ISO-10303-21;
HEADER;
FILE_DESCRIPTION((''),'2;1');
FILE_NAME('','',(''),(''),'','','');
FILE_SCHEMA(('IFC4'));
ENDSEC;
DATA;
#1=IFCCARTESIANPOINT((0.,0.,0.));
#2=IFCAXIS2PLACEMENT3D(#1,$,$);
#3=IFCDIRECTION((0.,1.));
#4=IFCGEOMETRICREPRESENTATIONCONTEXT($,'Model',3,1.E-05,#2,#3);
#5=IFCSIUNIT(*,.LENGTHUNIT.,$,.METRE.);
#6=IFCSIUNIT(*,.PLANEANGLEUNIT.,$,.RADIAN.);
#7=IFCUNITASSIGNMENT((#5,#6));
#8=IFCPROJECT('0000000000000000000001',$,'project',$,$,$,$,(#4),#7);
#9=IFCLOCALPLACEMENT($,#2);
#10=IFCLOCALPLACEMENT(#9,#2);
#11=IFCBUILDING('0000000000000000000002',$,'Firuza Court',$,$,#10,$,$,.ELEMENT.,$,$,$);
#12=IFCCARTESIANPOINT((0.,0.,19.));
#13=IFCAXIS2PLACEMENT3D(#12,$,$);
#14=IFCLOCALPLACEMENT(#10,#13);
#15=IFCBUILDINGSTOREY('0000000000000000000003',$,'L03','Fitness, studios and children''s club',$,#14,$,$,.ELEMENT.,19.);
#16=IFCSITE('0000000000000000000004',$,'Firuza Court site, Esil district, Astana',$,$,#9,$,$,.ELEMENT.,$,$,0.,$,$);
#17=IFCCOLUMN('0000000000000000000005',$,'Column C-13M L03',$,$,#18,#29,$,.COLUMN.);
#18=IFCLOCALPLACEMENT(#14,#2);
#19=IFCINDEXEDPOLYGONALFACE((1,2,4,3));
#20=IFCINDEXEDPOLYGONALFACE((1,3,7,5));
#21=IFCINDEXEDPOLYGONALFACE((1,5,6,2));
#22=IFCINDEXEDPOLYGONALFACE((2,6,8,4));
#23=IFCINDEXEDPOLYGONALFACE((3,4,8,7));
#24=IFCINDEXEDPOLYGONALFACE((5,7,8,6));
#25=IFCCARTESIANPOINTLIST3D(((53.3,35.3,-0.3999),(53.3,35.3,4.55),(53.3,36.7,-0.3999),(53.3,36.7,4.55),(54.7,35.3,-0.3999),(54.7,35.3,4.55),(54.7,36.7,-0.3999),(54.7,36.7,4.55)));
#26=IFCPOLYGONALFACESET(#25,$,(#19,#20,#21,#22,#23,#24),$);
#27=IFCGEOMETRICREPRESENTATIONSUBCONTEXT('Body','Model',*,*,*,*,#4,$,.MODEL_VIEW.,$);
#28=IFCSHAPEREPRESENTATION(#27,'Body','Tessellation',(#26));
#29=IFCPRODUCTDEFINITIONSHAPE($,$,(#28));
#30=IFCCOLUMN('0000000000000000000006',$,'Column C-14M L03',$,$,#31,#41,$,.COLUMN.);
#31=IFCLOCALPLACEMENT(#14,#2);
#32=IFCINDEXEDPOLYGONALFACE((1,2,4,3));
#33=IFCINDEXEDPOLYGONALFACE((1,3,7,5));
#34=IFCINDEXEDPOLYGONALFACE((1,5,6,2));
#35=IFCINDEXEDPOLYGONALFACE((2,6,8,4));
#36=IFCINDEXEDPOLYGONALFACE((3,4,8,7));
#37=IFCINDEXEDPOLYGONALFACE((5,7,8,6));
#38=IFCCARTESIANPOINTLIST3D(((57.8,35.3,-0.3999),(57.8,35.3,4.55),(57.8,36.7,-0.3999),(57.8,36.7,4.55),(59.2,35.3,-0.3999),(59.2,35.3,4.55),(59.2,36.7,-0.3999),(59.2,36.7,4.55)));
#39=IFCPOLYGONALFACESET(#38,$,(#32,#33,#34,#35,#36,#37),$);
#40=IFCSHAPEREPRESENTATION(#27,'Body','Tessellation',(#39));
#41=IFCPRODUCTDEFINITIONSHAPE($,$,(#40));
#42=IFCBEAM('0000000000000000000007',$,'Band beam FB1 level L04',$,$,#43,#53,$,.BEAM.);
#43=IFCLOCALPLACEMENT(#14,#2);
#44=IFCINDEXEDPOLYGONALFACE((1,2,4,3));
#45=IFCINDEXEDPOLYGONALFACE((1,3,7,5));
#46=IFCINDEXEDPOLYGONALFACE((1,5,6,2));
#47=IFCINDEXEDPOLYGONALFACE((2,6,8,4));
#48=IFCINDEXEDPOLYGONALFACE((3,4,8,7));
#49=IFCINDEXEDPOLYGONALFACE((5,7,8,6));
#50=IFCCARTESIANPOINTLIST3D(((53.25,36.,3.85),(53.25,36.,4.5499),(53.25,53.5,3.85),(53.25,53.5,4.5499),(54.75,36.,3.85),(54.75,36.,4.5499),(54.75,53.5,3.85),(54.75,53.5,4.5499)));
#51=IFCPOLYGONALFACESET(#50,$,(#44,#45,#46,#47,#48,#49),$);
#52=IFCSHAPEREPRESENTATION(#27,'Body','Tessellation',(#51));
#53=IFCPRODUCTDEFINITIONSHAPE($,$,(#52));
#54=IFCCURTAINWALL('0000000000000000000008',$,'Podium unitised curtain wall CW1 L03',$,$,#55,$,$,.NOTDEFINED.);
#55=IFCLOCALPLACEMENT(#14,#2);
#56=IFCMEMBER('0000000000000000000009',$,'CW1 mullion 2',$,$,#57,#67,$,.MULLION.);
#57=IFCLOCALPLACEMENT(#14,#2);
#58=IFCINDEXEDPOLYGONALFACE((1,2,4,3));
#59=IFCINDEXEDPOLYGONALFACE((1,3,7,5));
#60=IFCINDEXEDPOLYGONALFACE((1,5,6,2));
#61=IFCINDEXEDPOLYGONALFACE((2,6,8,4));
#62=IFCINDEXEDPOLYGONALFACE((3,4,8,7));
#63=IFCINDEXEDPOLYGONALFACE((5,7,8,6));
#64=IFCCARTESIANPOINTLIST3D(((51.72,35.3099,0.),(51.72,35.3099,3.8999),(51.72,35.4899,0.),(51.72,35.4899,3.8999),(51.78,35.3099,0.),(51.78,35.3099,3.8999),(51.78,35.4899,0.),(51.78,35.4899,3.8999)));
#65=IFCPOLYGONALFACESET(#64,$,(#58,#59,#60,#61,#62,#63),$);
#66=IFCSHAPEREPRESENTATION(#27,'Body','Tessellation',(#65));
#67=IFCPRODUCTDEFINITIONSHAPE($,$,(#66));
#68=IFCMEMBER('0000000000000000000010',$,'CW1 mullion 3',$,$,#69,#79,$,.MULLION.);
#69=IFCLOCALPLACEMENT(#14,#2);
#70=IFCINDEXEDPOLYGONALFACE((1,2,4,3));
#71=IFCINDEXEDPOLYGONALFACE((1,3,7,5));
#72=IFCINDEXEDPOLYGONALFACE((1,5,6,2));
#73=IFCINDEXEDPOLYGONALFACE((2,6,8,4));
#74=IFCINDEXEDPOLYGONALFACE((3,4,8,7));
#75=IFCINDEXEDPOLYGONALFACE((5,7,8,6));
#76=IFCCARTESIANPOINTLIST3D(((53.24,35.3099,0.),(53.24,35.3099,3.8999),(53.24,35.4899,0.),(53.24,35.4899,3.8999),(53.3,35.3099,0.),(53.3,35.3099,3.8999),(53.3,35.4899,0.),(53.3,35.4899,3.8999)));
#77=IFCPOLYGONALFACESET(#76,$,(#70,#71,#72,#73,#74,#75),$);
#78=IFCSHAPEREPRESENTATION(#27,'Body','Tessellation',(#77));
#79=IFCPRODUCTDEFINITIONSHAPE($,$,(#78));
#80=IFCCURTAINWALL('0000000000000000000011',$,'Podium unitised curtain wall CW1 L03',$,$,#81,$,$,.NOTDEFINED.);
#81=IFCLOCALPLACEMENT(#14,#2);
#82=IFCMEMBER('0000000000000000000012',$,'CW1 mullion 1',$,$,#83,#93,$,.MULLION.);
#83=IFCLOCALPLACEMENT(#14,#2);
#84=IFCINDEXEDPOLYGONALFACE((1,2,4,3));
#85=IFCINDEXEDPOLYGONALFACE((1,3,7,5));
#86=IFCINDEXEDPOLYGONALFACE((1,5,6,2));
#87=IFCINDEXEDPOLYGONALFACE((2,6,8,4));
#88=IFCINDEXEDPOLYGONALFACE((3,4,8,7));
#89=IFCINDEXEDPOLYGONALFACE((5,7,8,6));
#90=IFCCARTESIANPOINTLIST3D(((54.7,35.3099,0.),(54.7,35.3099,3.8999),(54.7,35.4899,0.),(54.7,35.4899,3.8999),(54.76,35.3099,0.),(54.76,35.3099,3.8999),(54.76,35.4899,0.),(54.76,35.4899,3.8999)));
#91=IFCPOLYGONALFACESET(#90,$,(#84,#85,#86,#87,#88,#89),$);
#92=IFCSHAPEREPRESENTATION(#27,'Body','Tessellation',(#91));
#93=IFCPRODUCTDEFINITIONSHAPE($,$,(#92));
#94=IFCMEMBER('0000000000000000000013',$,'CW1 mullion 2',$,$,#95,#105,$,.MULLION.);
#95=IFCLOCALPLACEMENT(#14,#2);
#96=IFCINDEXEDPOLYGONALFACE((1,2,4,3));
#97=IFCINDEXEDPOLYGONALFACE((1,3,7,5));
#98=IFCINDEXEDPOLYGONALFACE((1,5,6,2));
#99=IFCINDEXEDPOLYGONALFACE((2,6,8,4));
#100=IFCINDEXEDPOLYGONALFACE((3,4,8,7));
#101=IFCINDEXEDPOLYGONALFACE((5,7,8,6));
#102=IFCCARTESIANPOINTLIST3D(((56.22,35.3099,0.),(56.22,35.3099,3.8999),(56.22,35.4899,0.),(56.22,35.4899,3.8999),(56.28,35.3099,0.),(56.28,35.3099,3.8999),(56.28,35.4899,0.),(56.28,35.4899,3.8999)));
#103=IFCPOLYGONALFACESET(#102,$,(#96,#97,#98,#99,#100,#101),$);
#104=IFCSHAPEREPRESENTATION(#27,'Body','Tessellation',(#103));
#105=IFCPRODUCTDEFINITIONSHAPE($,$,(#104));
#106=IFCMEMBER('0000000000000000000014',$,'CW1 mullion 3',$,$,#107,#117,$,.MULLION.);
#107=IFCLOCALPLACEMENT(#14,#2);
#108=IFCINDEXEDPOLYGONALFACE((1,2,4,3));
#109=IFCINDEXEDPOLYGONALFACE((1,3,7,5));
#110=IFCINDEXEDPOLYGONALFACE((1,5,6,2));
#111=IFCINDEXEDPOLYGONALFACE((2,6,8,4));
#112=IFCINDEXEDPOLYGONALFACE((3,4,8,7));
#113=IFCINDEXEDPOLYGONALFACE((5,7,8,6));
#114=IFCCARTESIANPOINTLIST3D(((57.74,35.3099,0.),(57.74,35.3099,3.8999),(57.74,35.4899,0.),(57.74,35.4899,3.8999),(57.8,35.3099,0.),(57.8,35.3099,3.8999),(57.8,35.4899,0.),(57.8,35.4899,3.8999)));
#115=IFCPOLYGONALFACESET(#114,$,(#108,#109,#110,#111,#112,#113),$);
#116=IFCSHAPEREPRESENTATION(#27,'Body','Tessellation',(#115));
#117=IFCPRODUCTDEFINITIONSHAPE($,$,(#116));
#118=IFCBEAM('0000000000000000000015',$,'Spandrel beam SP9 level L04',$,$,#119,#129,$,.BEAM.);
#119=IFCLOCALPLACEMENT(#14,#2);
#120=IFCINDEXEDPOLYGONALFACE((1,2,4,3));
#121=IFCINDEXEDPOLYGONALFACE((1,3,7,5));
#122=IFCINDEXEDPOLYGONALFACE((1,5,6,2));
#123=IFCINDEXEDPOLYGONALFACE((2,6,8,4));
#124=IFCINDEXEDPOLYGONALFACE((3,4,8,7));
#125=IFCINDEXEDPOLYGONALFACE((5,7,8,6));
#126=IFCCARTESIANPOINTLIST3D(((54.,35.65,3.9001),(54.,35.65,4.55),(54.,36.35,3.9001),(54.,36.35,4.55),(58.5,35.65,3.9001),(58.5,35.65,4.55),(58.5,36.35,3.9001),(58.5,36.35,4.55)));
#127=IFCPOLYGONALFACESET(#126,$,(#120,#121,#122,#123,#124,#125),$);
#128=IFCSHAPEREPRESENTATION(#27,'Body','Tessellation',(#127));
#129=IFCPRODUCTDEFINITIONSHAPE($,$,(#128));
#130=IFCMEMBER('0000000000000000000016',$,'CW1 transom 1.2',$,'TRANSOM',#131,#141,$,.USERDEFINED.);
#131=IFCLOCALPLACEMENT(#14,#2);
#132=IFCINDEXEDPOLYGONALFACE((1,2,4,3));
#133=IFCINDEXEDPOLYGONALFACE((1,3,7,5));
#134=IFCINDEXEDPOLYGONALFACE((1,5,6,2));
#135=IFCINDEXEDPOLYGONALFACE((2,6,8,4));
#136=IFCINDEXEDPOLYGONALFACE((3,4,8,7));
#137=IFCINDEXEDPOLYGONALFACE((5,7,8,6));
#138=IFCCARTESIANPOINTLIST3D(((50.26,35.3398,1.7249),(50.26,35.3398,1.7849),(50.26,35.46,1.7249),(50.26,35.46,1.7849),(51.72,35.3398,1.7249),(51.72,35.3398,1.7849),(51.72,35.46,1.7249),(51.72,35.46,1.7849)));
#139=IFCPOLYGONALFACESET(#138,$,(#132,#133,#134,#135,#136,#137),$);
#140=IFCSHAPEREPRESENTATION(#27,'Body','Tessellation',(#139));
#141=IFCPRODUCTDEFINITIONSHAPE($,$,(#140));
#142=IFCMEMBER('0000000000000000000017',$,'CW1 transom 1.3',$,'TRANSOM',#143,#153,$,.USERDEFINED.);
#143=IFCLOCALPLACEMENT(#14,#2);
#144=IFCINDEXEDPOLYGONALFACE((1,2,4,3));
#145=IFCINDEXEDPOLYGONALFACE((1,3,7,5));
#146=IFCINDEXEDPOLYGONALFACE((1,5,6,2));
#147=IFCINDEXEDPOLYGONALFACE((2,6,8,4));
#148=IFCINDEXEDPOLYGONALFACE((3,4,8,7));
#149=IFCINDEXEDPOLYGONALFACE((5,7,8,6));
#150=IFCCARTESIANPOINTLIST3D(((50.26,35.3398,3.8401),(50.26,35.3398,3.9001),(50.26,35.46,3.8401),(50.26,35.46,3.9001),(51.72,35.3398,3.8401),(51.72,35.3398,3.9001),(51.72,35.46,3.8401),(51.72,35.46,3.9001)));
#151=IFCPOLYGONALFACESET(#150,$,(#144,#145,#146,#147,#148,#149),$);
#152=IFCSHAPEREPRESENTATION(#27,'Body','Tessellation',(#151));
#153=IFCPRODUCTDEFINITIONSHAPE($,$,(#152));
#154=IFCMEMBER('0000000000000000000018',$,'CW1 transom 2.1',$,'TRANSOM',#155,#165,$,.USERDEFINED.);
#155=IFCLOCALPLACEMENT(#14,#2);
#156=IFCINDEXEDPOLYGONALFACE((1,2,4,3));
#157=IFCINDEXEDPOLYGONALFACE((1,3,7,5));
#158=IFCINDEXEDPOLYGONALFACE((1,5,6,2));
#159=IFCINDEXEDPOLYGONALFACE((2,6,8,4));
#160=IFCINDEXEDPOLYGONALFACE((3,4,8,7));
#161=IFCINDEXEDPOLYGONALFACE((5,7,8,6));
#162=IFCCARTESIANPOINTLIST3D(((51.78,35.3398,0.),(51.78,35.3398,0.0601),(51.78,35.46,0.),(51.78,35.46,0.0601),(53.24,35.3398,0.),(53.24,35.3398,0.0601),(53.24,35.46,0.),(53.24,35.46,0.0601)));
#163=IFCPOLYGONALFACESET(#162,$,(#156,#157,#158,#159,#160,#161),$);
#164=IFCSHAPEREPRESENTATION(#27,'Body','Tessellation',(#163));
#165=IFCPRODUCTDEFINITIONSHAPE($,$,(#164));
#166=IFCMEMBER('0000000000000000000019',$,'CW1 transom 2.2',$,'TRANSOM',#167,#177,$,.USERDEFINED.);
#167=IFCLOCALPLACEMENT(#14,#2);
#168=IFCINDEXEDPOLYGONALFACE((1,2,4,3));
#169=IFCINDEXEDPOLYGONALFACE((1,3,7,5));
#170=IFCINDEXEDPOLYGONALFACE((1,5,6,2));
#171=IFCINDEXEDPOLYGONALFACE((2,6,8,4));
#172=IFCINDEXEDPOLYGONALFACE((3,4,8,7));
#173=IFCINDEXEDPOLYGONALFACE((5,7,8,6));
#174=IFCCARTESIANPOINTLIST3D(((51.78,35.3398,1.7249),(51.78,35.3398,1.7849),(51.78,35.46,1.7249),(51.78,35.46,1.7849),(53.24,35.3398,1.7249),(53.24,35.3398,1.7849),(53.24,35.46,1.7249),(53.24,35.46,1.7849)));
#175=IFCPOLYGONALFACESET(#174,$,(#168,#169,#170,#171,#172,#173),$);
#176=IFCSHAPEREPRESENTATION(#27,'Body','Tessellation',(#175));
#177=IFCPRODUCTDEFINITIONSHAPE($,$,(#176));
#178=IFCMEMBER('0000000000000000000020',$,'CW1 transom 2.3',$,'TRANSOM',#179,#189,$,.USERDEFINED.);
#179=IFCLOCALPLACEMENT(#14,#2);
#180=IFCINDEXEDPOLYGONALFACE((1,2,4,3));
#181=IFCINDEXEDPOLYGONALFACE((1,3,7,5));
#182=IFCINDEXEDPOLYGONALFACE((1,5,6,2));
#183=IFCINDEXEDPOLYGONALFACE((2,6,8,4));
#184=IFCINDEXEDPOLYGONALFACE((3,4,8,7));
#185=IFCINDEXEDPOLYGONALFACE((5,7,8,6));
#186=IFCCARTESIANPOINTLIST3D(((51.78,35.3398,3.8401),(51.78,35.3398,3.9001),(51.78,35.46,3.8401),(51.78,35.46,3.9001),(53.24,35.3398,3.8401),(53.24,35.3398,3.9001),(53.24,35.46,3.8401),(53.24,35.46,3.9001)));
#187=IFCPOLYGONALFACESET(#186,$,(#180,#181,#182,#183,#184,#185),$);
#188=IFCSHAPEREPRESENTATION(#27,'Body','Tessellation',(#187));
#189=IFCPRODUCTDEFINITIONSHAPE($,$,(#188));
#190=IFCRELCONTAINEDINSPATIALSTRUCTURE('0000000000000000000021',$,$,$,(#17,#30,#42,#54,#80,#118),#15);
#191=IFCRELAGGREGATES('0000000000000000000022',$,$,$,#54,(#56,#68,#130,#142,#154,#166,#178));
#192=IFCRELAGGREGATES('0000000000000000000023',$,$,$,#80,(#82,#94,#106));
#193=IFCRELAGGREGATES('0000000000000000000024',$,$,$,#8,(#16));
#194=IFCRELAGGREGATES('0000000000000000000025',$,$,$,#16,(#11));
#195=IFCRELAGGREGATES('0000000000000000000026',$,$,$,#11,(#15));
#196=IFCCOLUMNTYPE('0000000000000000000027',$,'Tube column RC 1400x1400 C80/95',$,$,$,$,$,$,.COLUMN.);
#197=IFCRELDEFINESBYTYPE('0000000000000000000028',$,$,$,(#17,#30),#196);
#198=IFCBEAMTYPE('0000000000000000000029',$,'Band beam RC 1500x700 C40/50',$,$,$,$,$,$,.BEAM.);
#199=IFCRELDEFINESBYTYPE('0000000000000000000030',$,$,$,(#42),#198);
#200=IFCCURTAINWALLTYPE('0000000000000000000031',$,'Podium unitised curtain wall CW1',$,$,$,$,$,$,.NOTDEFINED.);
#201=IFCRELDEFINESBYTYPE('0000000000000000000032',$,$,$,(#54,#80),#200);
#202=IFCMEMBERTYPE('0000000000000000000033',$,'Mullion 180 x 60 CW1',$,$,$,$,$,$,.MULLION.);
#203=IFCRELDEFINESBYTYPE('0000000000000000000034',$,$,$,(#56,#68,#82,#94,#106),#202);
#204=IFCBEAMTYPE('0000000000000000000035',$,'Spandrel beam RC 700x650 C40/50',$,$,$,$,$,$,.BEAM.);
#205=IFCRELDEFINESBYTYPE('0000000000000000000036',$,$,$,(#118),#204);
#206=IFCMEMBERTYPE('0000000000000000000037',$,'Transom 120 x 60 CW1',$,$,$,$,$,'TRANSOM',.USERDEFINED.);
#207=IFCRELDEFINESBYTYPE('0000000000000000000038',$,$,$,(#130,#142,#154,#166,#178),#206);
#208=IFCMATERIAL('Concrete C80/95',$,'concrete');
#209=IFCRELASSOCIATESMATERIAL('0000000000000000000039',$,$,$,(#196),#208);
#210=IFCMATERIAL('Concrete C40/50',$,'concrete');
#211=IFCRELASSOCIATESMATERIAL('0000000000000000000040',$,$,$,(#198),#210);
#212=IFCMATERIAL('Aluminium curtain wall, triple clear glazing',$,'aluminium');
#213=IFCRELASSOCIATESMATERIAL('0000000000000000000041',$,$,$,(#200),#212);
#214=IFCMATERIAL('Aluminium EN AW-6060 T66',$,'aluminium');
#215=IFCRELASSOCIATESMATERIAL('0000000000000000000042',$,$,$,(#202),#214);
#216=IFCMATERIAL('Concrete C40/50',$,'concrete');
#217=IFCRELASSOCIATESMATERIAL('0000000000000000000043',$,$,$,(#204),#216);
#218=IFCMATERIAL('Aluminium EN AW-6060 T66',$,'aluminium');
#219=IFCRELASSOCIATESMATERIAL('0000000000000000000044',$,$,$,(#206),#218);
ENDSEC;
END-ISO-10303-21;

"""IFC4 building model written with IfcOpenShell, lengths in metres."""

from ifc_helpers import new_model, si_unit, direction, frame, origin, origin_2d, place, context, subcontext, project, spatial, rectangle, extrude, material, material_profile, profile_set, type_object, element, aggregate, save


model = new_model("IFC4")

# Units and contexts
model_context = context("Model", 3, precision=1e-05, world=origin(), true_north=direction((0.0, 1.0)))
body_context = subcontext(model_context, "Body", "Model", "MODEL_VIEW")
ifc_project = project(units=[si_unit("LENGTHUNIT", "METRE"), si_unit("PLANEANGLEUNIT", "RADIAN")], contexts=[model_context])

# Site, building, storey
site_placement = place(None, origin())
site = spatial("IfcSite", under=ifc_project, at=site_placement, Name="Firuza Court site, Esil district, Astana", CompositionType="ELEMENT", RefElevation=0.0)
building_placement = place(site_placement, origin())
building = spatial("IfcBuilding", under=site, at=building_placement, Name="Firuza Court", CompositionType="ELEMENT")
storey_placement = place(building_placement, frame((0.0, 0.0, 19.0)))
storey = spatial("IfcBuildingStorey", under=building, at=storey_placement, Name="L03", Description="Fitness, studios and children's club", CompositionType="ELEMENT", Elevation=19.0)

# Columns
ifc_material_1 = material(Name="Concrete C80/95", Category="concrete")
ifc_material_profile_1 = material_profile(ifc_material_1, rectangle(XDim=1.3999, YDim=1.3999, at=origin_2d()), Name="RC 1400x1400")
ifc_profile_set_1 = profile_set([ifc_material_profile_1], Name="Concrete C80/95")
column_type = type_object("IfcColumnType", Name="Tube column RC 1400x1400 C80/95", PredefinedType="COLUMN", material=ifc_profile_set_1)
for number, where, z_axis, x_axis, name in (
    (1, (54.0, 36.0, -0.3999), (0.0, 0.0, 1.0), (1.0, 0.0, 0.0), "Column C-13M L03"),
    (2, (58.5, 36.0, -0.3999), (0.0, 0.0, 1.0), (1.0, 0.0, 0.0), "Column C-14M L03"),
):
    element("IfcColumn", number, at=place(storey_placement, frame(where, z_axis=z_axis, x_axis=x_axis)), inside=storey, type_object=column_type, Name=name, PredefinedType="COLUMN", context=body_context, shape_type="SweptSolid", body=[
        extrude(rectangle(XDim=1.3999, YDim=1.3999, at=origin_2d()), origin(), (0.0, 0.0, 1.0), 4.95),
    ])

# Beam
ifc_material_2 = material(Name="Concrete C40/50", Category="concrete")
ifc_material_profile_2 = material_profile(ifc_material_2, rectangle(XDim=1.5, YDim=0.7, at=origin_2d()), Name="RC 1500x700")
ifc_profile_set_2 = profile_set([ifc_material_profile_2], Name="Concrete C40/50")
beam_type_1 = type_object("IfcBeamType", Name="Band beam RC 1500x700 C40/50", PredefinedType="BEAM", material=ifc_profile_set_2)
beam_1_placement = place(storey_placement, frame((54.0, 36.0, 4.2), z_axis=(0.0, 1.0, 0.0), x_axis=(-1.0, 0.0, 0.0)))
element("IfcBeam", 3, at=beam_1_placement, inside=storey, type_object=beam_type_1, Name="Band beam FB1 level L04", PredefinedType="BEAM", context=body_context, shape_type="SweptSolid", body=[
    extrude(rectangle(XDim=1.5, YDim=0.7, at=origin_2d()), origin(), (0.0, 0.0, 1.0), 17.5),
])

# Curtain walls, members
ifc_material_3 = material(Name="Aluminium curtain wall, triple clear glazing", Category="aluminium")
curtain_wall_type = type_object("IfcCurtainWallType", Name="Podium unitised curtain wall CW1", PredefinedType="NOTDEFINED", material=ifc_material_3)
curtain_wall_1_placement = place(storey_placement, origin())
curtain_wall_1 = element("IfcCurtainWall", 4, at=curtain_wall_1_placement, inside=storey, type_object=curtain_wall_type, Name="Podium unitised curtain wall CW1 L03", PredefinedType="NOTDEFINED")
ifc_material_4 = material(Name="Aluminium EN AW-6060 T66", Category="aluminium")
ifc_material_profile_3 = material_profile(ifc_material_4, rectangle(XDim=0.1799, YDim=0.0601, at=origin_2d()), Name="Mullion 180 x 60 CW1")
ifc_profile_set_3 = profile_set([ifc_material_profile_3], Name="Aluminium EN AW-6060 T66")
member_type_1 = type_object("IfcMemberType", Name="Mullion 180 x 60 CW1", PredefinedType="MULLION", material=ifc_profile_set_3)
member_1_placement = place(storey_placement, frame((51.75, 35.3999, 0.0), z_axis=(0.0, 0.0, 1.0), x_axis=(0.0, 1.0, 0.0)))
member_1 = element("IfcMember", 5, at=member_1_placement, type_object=member_type_1, Name="CW1 mullion 2", PredefinedType="MULLION", context=body_context, shape_type="SweptSolid", body=[
    extrude(rectangle(XDim=0.1799, YDim=0.0601, at=origin_2d()), origin(), (0.0, 0.0, 1.0), 3.8999),
])
member_2_placement = place(storey_placement, frame((53.27, 35.3999, 0.0), z_axis=(0.0, 0.0, 1.0), x_axis=(0.0, 1.0, 0.0)))
member_2 = element("IfcMember", 6, at=member_2_placement, type_object=member_type_1, Name="CW1 mullion 3", PredefinedType="MULLION", context=body_context, shape_type="SweptSolid", body=[
    extrude(rectangle(XDim=0.1799, YDim=0.0601, at=origin_2d()), origin(), (0.0, 0.0, 1.0), 3.8999),
])
curtain_wall_2_placement = place(storey_placement, origin())
curtain_wall_2 = element("IfcCurtainWall", 7, at=curtain_wall_2_placement, inside=storey, type_object=curtain_wall_type, Name="Podium unitised curtain wall CW1 L03", PredefinedType="NOTDEFINED")
member_3_placement = place(storey_placement, frame((54.73, 35.3999, 0.0), z_axis=(0.0, 0.0, 1.0), x_axis=(0.0, 1.0, 0.0)))
member_3 = element("IfcMember", 8, at=member_3_placement, type_object=member_type_1, Name="CW1 mullion 1", PredefinedType="MULLION", context=body_context, shape_type="SweptSolid", body=[
    extrude(rectangle(XDim=0.1799, YDim=0.0601, at=origin_2d()), origin(), (0.0, 0.0, 1.0), 3.8999),
])
member_4_placement = place(storey_placement, frame((56.25, 35.3999, 0.0), z_axis=(0.0, 0.0, 1.0), x_axis=(0.0, 1.0, 0.0)))
member_4 = element("IfcMember", 9, at=member_4_placement, type_object=member_type_1, Name="CW1 mullion 2", PredefinedType="MULLION", context=body_context, shape_type="SweptSolid", body=[
    extrude(rectangle(XDim=0.1799, YDim=0.0601, at=origin_2d()), origin(), (0.0, 0.0, 1.0), 3.8999),
])
member_5_placement = place(storey_placement, frame((57.77, 35.3999, 0.0), z_axis=(0.0, 0.0, 1.0), x_axis=(0.0, 1.0, 0.0)))
member_5 = element("IfcMember", 10, at=member_5_placement, type_object=member_type_1, Name="CW1 mullion 3", PredefinedType="MULLION", context=body_context, shape_type="SweptSolid", body=[
    extrude(rectangle(XDim=0.1799, YDim=0.0601, at=origin_2d()), origin(), (0.0, 0.0, 1.0), 3.8999),
])

# Beam
ifc_material_5 = material(Name="Concrete C40/50", Category="concrete")
ifc_material_profile_4 = material_profile(ifc_material_5, rectangle(XDim=0.7, YDim=0.6499, at=origin_2d()), Name="RC 700x650")
ifc_profile_set_4 = profile_set([ifc_material_profile_4], Name="Concrete C40/50")
beam_type_2 = type_object("IfcBeamType", Name="Spandrel beam RC 700x650 C40/50", PredefinedType="BEAM", material=ifc_profile_set_4)
beam_2_placement = place(storey_placement, frame((54.0, 36.0, 4.2251), z_axis=(1.0, 0.0, 0.0), x_axis=(0.0, 1.0, 0.0)))
element("IfcBeam", 11, at=beam_2_placement, inside=storey, type_object=beam_type_2, Name="Spandrel beam SP9 level L04", PredefinedType="BEAM", context=body_context, shape_type="SweptSolid", body=[
    extrude(rectangle(XDim=0.7, YDim=0.6499, at=origin_2d()), origin(), (0.0, 0.0, 1.0), 4.5),
])

# Members
ifc_material_6 = material(Name="Aluminium EN AW-6060 T66", Category="aluminium")
ifc_material_profile_5 = material_profile(ifc_material_6, rectangle(XDim=0.1201, YDim=0.0601, at=origin_2d()), Name="Transom 120 x 60 CW1")
ifc_profile_set_5 = profile_set([ifc_material_profile_5], Name="Aluminium EN AW-6060 T66")
member_type_2 = type_object("IfcMemberType", Name="Transom 120 x 60 CW1", ElementType="TRANSOM", PredefinedType="USERDEFINED", material=ifc_profile_set_5)
member_6_placement = place(storey_placement, frame((50.26, 35.3999, 1.7549), z_axis=(1.0, 0.0, 0.0), x_axis=(0.0, 1.0, 0.0)))
member_6 = element("IfcMember", 12, at=member_6_placement, type_object=member_type_2, Name="CW1 transom 1.2", ObjectType="TRANSOM", PredefinedType="USERDEFINED", context=body_context, shape_type="SweptSolid", body=[
    extrude(rectangle(XDim=0.1201, YDim=0.0601, at=origin_2d()), origin(), (0.0, 0.0, 1.0), 1.46),
])
member_7_placement = place(storey_placement, frame((50.26, 35.3999, 3.8701), z_axis=(1.0, 0.0, 0.0), x_axis=(0.0, 1.0, 0.0)))
member_7 = element("IfcMember", 13, at=member_7_placement, type_object=member_type_2, Name="CW1 transom 1.3", ObjectType="TRANSOM", PredefinedType="USERDEFINED", context=body_context, shape_type="SweptSolid", body=[
    extrude(rectangle(XDim=0.1201, YDim=0.0601, at=origin_2d()), origin(), (0.0, 0.0, 1.0), 1.46),
])
member_8_placement = place(storey_placement, frame((51.78, 35.3999, 0.03), z_axis=(1.0, 0.0, 0.0), x_axis=(0.0, 1.0, 0.0)))
member_8 = element("IfcMember", 14, at=member_8_placement, type_object=member_type_2, Name="CW1 transom 2.1", ObjectType="TRANSOM", PredefinedType="USERDEFINED", context=body_context, shape_type="SweptSolid", body=[
    extrude(rectangle(XDim=0.1201, YDim=0.0601, at=origin_2d()), origin(), (0.0, 0.0, 1.0), 1.46),
])
member_9_placement = place(storey_placement, frame((51.78, 35.3999, 1.7549), z_axis=(1.0, 0.0, 0.0), x_axis=(0.0, 1.0, 0.0)))
member_9 = element("IfcMember", 15, at=member_9_placement, type_object=member_type_2, Name="CW1 transom 2.2", ObjectType="TRANSOM", PredefinedType="USERDEFINED", context=body_context, shape_type="SweptSolid", body=[
    extrude(rectangle(XDim=0.1201, YDim=0.0601, at=origin_2d()), origin(), (0.0, 0.0, 1.0), 1.46),
])
member_10_placement = place(storey_placement, frame((51.78, 35.3999, 3.8701), z_axis=(1.0, 0.0, 0.0), x_axis=(0.0, 1.0, 0.0)))
member_10 = element("IfcMember", 16, at=member_10_placement, type_object=member_type_2, Name="CW1 transom 2.3", ObjectType="TRANSOM", PredefinedType="USERDEFINED", context=body_context, shape_type="SweptSolid", body=[
    extrude(rectangle(XDim=0.1201, YDim=0.0601, at=origin_2d()), origin(), (0.0, 0.0, 1.0), 1.46),
])

aggregate(curtain_wall_1, [member_1, member_2, member_6, member_7, member_8, member_9, member_10])
aggregate(curtain_wall_2, [member_3, member_4, member_5])

save(model, "model.ifc")
